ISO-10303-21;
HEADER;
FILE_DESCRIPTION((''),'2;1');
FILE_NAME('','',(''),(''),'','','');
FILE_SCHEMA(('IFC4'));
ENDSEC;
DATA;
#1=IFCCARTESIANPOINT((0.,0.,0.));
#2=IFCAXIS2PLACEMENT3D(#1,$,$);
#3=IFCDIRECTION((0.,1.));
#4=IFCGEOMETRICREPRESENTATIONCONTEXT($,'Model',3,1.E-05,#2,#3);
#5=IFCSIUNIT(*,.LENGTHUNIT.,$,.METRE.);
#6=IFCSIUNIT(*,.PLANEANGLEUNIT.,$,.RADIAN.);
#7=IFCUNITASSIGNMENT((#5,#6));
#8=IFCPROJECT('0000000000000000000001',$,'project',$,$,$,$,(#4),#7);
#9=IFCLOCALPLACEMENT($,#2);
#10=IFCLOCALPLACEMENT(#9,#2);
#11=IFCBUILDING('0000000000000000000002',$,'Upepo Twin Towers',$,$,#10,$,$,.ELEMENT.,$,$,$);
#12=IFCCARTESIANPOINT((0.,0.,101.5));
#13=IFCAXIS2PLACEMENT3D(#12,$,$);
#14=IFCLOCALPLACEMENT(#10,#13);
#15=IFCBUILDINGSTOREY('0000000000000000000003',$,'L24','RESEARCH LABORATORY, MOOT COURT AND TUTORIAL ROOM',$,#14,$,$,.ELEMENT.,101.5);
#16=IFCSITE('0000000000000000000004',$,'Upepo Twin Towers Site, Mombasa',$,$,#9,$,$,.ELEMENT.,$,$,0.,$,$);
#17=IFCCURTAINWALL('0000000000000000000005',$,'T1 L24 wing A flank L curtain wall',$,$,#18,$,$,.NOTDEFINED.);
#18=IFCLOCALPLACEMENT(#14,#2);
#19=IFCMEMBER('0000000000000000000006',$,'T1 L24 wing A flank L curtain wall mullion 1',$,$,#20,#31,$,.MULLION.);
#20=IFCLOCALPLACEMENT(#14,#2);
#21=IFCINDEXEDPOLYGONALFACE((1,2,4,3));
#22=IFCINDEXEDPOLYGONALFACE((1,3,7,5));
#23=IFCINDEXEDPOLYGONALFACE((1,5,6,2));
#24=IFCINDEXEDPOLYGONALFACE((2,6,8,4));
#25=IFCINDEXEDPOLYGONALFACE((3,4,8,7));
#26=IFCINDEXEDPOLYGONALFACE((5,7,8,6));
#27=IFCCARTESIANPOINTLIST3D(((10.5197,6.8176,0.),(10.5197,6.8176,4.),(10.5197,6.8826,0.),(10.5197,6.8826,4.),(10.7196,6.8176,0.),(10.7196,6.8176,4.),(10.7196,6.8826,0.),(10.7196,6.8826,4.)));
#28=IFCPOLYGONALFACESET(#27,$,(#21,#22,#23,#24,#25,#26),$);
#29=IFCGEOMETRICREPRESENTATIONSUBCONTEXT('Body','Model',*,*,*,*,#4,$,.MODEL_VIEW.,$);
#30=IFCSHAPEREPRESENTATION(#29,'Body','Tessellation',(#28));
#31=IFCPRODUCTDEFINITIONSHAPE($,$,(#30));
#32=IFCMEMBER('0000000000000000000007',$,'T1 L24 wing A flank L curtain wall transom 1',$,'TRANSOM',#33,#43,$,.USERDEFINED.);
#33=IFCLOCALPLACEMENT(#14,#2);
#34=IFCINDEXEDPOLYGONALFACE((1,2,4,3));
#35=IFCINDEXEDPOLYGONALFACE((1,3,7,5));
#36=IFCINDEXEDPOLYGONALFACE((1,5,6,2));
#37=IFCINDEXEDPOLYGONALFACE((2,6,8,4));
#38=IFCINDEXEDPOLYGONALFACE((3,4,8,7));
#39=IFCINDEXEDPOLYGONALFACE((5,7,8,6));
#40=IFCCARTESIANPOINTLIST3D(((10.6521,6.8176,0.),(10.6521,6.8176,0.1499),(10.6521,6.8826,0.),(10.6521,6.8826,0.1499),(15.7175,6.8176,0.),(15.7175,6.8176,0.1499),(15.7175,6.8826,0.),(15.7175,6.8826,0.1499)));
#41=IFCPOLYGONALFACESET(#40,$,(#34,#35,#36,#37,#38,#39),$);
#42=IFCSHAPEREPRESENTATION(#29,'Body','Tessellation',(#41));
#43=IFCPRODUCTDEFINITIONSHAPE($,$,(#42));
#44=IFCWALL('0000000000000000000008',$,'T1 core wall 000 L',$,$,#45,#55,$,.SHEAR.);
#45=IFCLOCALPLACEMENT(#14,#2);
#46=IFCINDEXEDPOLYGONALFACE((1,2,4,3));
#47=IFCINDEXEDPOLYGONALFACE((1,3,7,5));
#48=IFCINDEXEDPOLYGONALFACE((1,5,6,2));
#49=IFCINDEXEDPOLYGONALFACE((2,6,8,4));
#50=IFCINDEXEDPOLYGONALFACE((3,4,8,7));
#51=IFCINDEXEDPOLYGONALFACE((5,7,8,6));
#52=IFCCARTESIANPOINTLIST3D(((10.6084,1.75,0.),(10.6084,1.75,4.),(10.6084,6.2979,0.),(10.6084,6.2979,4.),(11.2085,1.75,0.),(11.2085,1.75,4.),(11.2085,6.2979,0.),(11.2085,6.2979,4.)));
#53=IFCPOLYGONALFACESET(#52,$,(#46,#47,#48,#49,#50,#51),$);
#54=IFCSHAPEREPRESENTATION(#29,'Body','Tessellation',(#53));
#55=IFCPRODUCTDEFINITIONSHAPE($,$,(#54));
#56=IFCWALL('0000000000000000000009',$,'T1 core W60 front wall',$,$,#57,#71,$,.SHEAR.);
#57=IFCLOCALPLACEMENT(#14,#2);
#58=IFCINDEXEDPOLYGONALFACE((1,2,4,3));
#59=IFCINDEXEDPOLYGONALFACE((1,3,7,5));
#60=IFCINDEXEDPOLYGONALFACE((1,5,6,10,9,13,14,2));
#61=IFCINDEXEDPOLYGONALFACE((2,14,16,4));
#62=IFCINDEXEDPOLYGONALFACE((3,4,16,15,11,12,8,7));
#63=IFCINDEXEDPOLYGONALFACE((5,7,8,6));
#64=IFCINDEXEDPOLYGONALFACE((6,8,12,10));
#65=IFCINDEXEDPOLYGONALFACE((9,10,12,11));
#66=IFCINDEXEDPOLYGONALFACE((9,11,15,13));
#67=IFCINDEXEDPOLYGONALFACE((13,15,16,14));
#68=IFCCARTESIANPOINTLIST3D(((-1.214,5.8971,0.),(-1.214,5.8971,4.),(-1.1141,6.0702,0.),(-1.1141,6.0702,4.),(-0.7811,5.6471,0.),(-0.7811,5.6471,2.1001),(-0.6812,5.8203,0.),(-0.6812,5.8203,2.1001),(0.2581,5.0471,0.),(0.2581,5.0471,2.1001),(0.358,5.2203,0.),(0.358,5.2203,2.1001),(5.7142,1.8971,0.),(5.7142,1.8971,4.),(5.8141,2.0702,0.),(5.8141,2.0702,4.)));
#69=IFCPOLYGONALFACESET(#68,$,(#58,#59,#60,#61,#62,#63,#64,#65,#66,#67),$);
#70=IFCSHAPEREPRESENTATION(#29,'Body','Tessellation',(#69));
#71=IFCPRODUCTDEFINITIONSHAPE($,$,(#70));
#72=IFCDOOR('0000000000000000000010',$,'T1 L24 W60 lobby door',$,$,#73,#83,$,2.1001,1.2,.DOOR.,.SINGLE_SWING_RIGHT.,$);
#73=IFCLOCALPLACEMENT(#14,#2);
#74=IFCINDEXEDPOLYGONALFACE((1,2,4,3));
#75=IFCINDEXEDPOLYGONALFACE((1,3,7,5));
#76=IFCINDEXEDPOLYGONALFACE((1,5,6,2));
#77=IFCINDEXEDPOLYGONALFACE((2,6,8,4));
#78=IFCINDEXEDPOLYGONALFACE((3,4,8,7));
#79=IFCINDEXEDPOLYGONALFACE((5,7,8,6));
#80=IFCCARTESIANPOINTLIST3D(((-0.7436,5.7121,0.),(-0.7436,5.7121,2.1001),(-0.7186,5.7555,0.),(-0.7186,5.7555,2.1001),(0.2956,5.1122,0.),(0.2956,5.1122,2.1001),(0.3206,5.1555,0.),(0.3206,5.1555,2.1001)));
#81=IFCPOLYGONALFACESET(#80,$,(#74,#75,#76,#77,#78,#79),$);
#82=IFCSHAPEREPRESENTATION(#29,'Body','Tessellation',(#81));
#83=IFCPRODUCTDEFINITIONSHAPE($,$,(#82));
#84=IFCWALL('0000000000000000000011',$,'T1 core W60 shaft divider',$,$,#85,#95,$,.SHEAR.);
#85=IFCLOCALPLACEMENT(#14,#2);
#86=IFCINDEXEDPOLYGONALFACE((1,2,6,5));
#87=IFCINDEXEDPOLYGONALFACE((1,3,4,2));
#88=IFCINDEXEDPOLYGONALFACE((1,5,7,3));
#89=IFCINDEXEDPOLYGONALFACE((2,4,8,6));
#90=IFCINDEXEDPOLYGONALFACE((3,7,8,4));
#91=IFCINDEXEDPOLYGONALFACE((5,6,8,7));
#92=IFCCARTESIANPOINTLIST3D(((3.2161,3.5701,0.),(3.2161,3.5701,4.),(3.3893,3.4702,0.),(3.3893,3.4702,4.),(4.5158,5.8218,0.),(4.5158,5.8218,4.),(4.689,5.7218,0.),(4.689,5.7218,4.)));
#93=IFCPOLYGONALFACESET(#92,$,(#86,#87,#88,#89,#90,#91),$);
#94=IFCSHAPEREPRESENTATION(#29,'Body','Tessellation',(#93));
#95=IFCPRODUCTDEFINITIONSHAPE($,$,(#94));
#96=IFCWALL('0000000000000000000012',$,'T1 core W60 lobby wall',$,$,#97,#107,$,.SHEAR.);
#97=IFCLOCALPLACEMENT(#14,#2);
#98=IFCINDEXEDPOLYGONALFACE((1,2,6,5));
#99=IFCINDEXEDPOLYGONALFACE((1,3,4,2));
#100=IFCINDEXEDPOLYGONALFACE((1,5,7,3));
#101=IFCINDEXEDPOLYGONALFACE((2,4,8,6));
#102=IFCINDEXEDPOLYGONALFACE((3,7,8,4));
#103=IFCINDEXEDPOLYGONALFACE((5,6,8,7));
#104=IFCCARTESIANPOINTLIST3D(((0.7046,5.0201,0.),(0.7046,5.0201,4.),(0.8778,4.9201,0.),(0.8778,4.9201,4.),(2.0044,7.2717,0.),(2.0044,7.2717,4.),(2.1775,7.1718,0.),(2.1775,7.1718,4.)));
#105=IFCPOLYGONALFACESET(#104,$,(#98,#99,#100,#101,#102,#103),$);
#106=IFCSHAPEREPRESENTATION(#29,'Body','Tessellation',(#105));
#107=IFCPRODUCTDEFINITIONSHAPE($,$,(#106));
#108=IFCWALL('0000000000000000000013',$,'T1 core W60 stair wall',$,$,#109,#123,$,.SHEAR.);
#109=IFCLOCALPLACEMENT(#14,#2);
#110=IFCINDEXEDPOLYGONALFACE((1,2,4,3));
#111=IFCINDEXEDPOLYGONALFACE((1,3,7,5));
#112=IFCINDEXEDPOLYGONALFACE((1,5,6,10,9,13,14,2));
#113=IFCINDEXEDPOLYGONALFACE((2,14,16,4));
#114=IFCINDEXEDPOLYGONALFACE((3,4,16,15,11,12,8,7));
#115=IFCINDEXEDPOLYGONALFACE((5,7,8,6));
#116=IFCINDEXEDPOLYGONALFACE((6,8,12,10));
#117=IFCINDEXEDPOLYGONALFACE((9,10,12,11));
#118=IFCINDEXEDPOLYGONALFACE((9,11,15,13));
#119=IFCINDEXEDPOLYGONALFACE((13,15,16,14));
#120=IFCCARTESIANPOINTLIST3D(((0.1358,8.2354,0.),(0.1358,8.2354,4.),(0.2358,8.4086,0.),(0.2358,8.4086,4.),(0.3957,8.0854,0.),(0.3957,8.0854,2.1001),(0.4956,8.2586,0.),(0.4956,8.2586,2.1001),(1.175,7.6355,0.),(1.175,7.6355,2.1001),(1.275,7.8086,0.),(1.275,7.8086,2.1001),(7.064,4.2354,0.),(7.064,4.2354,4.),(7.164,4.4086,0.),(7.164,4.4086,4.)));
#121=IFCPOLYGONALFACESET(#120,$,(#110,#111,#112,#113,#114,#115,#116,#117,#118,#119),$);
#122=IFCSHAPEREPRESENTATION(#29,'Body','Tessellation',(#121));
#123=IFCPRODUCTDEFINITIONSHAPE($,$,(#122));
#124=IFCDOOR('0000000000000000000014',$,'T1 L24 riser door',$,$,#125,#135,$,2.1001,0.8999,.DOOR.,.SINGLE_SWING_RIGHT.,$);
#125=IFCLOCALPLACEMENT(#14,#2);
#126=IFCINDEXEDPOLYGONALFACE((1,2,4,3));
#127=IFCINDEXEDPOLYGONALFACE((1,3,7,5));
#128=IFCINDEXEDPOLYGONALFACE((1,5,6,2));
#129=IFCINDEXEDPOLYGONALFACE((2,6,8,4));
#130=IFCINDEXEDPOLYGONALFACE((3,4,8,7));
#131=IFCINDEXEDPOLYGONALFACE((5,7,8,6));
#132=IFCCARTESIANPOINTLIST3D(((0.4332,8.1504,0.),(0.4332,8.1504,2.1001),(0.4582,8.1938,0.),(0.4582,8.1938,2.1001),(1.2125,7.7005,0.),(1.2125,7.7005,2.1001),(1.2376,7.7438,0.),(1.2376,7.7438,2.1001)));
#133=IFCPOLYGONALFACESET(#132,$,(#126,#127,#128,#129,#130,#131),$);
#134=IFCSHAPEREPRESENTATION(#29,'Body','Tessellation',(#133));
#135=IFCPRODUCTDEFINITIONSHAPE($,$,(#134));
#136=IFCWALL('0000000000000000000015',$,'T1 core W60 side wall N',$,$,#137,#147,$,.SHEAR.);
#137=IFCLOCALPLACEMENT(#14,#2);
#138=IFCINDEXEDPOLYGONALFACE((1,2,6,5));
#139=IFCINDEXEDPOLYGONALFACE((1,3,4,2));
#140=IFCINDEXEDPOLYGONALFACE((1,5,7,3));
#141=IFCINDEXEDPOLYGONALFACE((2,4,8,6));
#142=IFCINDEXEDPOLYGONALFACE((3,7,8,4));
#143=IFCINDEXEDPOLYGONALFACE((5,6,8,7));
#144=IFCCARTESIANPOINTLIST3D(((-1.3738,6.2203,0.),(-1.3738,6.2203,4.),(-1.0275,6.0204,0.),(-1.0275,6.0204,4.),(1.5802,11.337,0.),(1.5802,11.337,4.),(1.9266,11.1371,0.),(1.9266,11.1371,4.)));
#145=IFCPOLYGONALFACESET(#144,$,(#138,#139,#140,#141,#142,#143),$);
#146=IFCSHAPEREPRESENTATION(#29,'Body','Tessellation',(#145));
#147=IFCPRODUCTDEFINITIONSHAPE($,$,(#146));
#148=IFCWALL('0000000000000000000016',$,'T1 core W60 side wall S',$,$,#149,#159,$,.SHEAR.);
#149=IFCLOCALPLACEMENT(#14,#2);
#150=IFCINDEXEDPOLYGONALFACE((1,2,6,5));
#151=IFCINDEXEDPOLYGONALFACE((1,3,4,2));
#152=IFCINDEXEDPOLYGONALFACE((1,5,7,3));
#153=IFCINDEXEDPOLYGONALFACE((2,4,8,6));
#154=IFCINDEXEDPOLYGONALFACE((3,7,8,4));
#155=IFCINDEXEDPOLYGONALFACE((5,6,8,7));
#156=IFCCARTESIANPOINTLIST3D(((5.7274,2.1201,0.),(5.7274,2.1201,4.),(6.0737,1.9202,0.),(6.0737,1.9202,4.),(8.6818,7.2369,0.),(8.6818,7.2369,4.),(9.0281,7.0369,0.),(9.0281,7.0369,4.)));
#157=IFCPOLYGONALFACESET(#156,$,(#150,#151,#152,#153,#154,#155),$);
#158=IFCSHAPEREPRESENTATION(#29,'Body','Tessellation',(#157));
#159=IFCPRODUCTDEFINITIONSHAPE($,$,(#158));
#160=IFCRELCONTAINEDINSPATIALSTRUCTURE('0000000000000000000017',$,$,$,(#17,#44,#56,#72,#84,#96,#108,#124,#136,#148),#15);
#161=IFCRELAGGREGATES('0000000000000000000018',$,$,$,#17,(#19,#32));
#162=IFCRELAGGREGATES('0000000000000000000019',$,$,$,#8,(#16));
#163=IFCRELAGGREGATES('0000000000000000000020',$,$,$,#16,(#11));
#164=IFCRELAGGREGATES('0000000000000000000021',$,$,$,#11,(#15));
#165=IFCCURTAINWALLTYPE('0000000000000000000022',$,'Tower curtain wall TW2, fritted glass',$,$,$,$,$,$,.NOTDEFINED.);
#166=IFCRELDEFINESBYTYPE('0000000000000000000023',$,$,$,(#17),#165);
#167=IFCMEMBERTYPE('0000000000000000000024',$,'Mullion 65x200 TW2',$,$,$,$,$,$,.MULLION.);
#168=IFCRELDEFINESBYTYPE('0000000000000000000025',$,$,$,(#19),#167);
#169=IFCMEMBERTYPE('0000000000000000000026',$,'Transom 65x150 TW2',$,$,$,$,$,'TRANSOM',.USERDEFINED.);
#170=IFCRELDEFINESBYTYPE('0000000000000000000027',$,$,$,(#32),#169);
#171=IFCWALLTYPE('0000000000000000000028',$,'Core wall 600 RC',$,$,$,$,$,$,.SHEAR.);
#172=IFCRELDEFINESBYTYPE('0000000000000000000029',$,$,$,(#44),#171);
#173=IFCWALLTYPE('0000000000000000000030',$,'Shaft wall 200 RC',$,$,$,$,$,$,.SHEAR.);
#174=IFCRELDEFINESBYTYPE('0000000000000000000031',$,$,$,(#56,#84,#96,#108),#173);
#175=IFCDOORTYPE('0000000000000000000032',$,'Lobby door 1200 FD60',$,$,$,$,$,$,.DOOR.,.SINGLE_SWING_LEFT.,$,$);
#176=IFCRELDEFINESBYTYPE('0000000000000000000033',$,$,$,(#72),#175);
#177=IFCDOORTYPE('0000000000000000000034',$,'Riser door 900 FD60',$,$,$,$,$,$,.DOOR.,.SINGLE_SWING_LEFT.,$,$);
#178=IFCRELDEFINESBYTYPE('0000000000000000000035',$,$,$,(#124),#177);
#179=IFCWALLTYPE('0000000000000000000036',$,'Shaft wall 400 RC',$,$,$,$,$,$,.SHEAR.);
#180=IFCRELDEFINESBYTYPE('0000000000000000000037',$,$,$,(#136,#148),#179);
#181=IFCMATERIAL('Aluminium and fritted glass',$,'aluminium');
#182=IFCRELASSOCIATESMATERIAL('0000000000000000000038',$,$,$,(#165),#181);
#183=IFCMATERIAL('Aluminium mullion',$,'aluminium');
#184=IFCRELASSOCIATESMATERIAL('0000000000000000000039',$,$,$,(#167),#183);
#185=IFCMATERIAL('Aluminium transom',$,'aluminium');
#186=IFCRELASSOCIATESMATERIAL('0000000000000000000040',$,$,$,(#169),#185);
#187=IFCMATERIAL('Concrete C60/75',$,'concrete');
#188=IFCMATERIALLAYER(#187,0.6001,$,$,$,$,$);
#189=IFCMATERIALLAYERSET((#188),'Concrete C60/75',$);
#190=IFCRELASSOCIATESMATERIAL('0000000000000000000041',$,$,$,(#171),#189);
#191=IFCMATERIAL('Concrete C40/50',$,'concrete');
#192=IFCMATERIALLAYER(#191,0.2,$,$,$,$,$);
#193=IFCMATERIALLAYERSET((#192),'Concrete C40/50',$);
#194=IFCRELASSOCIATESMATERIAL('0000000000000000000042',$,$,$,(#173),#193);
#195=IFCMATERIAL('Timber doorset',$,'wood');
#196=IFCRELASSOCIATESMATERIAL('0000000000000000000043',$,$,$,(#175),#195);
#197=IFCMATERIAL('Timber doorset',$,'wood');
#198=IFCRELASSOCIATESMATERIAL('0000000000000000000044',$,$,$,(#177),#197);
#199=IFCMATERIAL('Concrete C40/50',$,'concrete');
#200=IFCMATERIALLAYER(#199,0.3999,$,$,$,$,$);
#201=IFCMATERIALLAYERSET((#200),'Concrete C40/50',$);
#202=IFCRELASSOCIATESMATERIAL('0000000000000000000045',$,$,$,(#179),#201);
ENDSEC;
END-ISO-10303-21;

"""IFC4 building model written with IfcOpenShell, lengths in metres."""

from ifc_helpers import new_model, si_unit, direction, frame, frame_2d, origin, origin_2d, place, context, subcontext, project, spatial, rectangle, extrude, material, layer, layer_set, material_profile, profile_set, type_object, element, fill, aggregate, save


model = new_model("IFC4")

# Units and contexts
model_context = context("Model", 3, precision=1e-05, world=origin(), true_north=direction((0.0, 1.0)))
body_context = subcontext(model_context, "Body", "Model", "MODEL_VIEW")
ifc_project = project(units=[si_unit("LENGTHUNIT", "METRE"), si_unit("PLANEANGLEUNIT", "RADIAN")], contexts=[model_context])

# Site, building, storey
site_placement = place(None, origin())
site = spatial("IfcSite", under=ifc_project, at=site_placement, Name="Upepo Twin Towers Site, Mombasa", CompositionType="ELEMENT", RefElevation=0.0)
building_placement = place(site_placement, origin())
building = spatial("IfcBuilding", under=site, at=building_placement, Name="Upepo Twin Towers", CompositionType="ELEMENT")
storey_placement = place(building_placement, frame((0.0, 0.0, 101.5)))
storey = spatial("IfcBuildingStorey", under=building, at=storey_placement, Name="L24", Description="RESEARCH LABORATORY, MOOT COURT AND TUTORIAL ROOM", CompositionType="ELEMENT", Elevation=101.5)

# Curtain wall, members
ifc_material_1 = material(Name="Aluminium and fritted glass", Category="aluminium")
curtain_wall_type = type_object("IfcCurtainWallType", Name="Tower curtain wall TW2, fritted glass", PredefinedType="NOTDEFINED", material=ifc_material_1)
curtain_wall_placement = place(storey_placement, origin())
curtain_wall = element("IfcCurtainWall", 1, at=curtain_wall_placement, inside=storey, type_object=curtain_wall_type, Name="T1 L24 wing A flank L curtain wall", PredefinedType="NOTDEFINED")
ifc_material_2 = material(Name="Aluminium mullion", Category="aluminium")
ifc_material_profile_1 = material_profile(ifc_material_2, rectangle(XDim=0.0649, YDim=0.2, at=origin_2d()), Name="MULLION 65x200")
ifc_profile_set_1 = profile_set([ifc_material_profile_1], Name="Aluminium mullion")
member_type_1 = type_object("IfcMemberType", Name="Mullion 65x200 TW2", PredefinedType="MULLION", material=ifc_profile_set_1)
member_1_placement = place(storey_placement, frame((10.6196, 6.8501, 0.0), z_axis=(0.0, 0.0, 1.0), x_axis=(0.0, 1.0, 0.0)))
member_1 = element("IfcMember", 2, at=member_1_placement, type_object=member_type_1, Name="T1 L24 wing A flank L curtain wall mullion 1", PredefinedType="MULLION", context=body_context, shape_type="SweptSolid", body=[
    extrude(rectangle(XDim=0.0649, YDim=0.2, at=origin_2d()), origin(), (0.0, 0.0, 1.0), 4.0),
])
ifc_material_3 = material(Name="Aluminium transom", Category="aluminium")
ifc_material_profile_2 = material_profile(ifc_material_3, rectangle(XDim=0.0649, YDim=0.1499, at=origin_2d()), Name="TRANSOM 65x150")
ifc_profile_set_2 = profile_set([ifc_material_profile_2], Name="Aluminium transom")
member_type_2 = type_object("IfcMemberType", Name="Transom 65x150 TW2", ElementType="TRANSOM", PredefinedType="USERDEFINED", material=ifc_profile_set_2)
member_2_placement = place(storey_placement, frame((10.6521, 6.8501, 0.075), z_axis=(1.0, 0.0, 0.0), x_axis=(0.0, 1.0, 0.0)))
member_2 = element("IfcMember", 3, at=member_2_placement, type_object=member_type_2, Name="T1 L24 wing A flank L curtain wall transom 1", ObjectType="TRANSOM", PredefinedType="USERDEFINED", context=body_context, shape_type="SweptSolid", body=[
    extrude(rectangle(XDim=0.0649, YDim=0.1499, at=origin_2d()), origin(), (0.0, 0.0, 1.0), 5.0654),
])
aggregate(curtain_wall, [member_1, member_2])

# Wall
ifc_material_4 = material(Name="Concrete C60/75", Category="concrete")
ifc_layer_1 = layer(ifc_material_4, 0.6001)
ifc_layer_set_1 = layer_set([ifc_layer_1], Name="Concrete C60/75")
wall_type_1 = type_object("IfcWallType", Name="Core wall 600 RC", PredefinedType="SHEAR", material=ifc_layer_set_1)
wall_1_placement = place(storey_placement, frame((10.9084, 1.75, 0.0), z_axis=(0.0, 0.0, 1.0), x_axis=(0.0, 1.0, 0.0)))
element("IfcWall", 4, at=wall_1_placement, inside=storey, type_object=wall_type_1, Name="T1 core wall 000 L", PredefinedType="SHEAR", context=body_context, shape_type="SweptSolid", body=[
    extrude(rectangle(XDim=4.5479, YDim=0.6001, at=frame_2d((2.2739, 0.0))), origin(), (0.0, 0.0, 1.0), 4.0),
])

# Wall, opening, door
ifc_material_5 = material(Name="Concrete C40/50", Category="concrete")
ifc_layer_2 = layer(ifc_material_5, 0.2)
ifc_layer_set_2 = layer_set([ifc_layer_2], Name="Concrete C40/50")
wall_type_2 = type_object("IfcWallType", Name="Shaft wall 200 RC", PredefinedType="SHEAR", material=ifc_layer_set_2)
wall_2_placement = place(storey_placement, frame((5.7642, 1.9836, 0.0), z_axis=(0.0, 0.0, 1.0), x_axis=(-0.866026, 0.499999, 0.0)))
wall_2 = element("IfcWall", 5, at=wall_2_placement, inside=storey, type_object=wall_type_2, Name="T1 core W60 front wall", PredefinedType="SHEAR", context=body_context, shape_type="SweptSolid", body=[
    extrude(rectangle(XDim=8.0, YDim=0.2, at=frame_2d((4.0, 0.0))), origin(), (0.0, 0.0, 1.0), 4.0),
])
opening_1_placement = place(wall_2_placement, frame((6.3, 0.0, 0.0)))
opening_1 = element("IfcOpeningElement", 6, at=opening_1_placement, cuts=wall_2, PredefinedType="OPENING", context=body_context, shape_type="SweptSolid", body=[
    extrude(rectangle(XDim=1.2, YDim=2.1001, at=frame_2d((0.6001, 1.05))), frame((0.0, 0.1099, 0.0), z_axis=(0.0, -1.0, 0.0), x_axis=(1.0, 0.0, 0.0)), (0.0, 0.0, 1.0), 0.22),
])
ifc_material_6 = material(Name="Timber doorset", Category="wood")
door_type_1 = type_object("IfcDoorType", Name="Lobby door 1200 FD60", OperationType="SINGLE_SWING_LEFT", PredefinedType="DOOR", material=ifc_material_6)
door_1_placement = place(opening_1_placement, origin())
door_1 = element("IfcDoor", 7, at=door_1_placement, inside=storey, type_object=door_type_1, Name="T1 L24 W60 lobby door", OperationType="SINGLE_SWING_RIGHT", OverallHeight=2.1001, OverallWidth=1.2, PredefinedType="DOOR", context=body_context, shape_type="SweptSolid", body=[
    extrude(rectangle(XDim=1.2, YDim=2.1001, at=frame_2d((0.6001, 1.05))), frame((0.0, 0.0249, 0.0), z_axis=(0.0, -1.0, 0.0), x_axis=(1.0, 0.0, 0.0)), (0.0, 0.0, 1.0), 0.05),
])
fill(opening_1, door_1)

# Walls
for number, where, z_axis, x_axis, name in (
    (8, (3.3027, 3.5203, 0.0), (0.0, 0.0, 1.0), (0.499937, 0.866062, 0.0), "T1 core W60 shaft divider"),
    (9, (0.7913, 4.9702, 0.0), (0.0, 0.0, 1.0), (0.499937, 0.866062, 0.0), "T1 core W60 lobby wall"),
):
    element("IfcWall", number, at=place(storey_placement, frame(where, z_axis=z_axis, x_axis=x_axis)), inside=storey, type_object=wall_type_2, Name=name, PredefinedType="SHEAR", context=body_context, shape_type="SweptSolid", body=[
        extrude(rectangle(XDim=2.5999, YDim=0.2, at=frame_2d((1.2998, 0.0))), origin(), (0.0, 0.0, 1.0), 4.0),
    ])

# Wall, opening, door
wall_3_placement = place(storey_placement, frame((7.114, 4.322, 0.0), z_axis=(0.0, 0.0, 1.0), x_axis=(-0.866026, 0.499999, 0.0)))
wall_3 = element("IfcWall", 10, at=wall_3_placement, inside=storey, type_object=wall_type_2, Name="T1 core W60 stair wall", PredefinedType="SHEAR", context=body_context, shape_type="SweptSolid", body=[
    extrude(rectangle(XDim=8.0, YDim=0.2, at=frame_2d((4.0, 0.0))), origin(), (0.0, 0.0, 1.0), 4.0),
])
opening_2_placement = place(wall_3_placement, frame((6.8, 0.0, 0.0)))
opening_2 = element("IfcOpeningElement", 11, at=opening_2_placement, cuts=wall_3, PredefinedType="OPENING", context=body_context, shape_type="SweptSolid", body=[
    extrude(rectangle(XDim=0.8999, YDim=2.1001, at=frame_2d((0.45, 1.05))), frame((0.0, 0.1099, 0.0), z_axis=(0.0, -1.0, 0.0), x_axis=(1.0, 0.0, 0.0)), (0.0, 0.0, 1.0), 0.22),
])
ifc_material_7 = material(Name="Timber doorset", Category="wood")
door_type_2 = type_object("IfcDoorType", Name="Riser door 900 FD60", OperationType="SINGLE_SWING_LEFT", PredefinedType="DOOR", material=ifc_material_7)
door_2_placement = place(opening_2_placement, origin())
door_2 = element("IfcDoor", 12, at=door_2_placement, inside=storey, type_object=door_type_2, Name="T1 L24 riser door", OperationType="SINGLE_SWING_RIGHT", OverallHeight=2.1001, OverallWidth=0.8999, PredefinedType="DOOR", context=body_context, shape_type="SweptSolid", body=[
    extrude(rectangle(XDim=0.8999, YDim=2.1001, at=frame_2d((0.45, 1.05))), frame((0.0, 0.0249, 0.0), z_axis=(0.0, -1.0, 0.0), x_axis=(1.0, 0.0, 0.0)), (0.0, 0.0, 1.0), 0.05),
])
fill(opening_2, door_2)

# Walls
ifc_material_8 = material(Name="Concrete C40/50", Category="concrete")
ifc_layer_3 = layer(ifc_material_8, 0.3999)
ifc_layer_set_3 = layer_set([ifc_layer_3], Name="Concrete C40/50")
wall_type_3 = type_object("IfcWallType", Name="Shaft wall 400 RC", PredefinedType="SHEAR", material=ifc_layer_set_3)
wall_4_placement = place(storey_placement, frame((-1.2007, 6.1204, 0.0), z_axis=(0.0, 0.0, 1.0), x_axis=(0.499997, 0.866027, 0.0)))
element("IfcWall", 13, at=wall_4_placement, inside=storey, type_object=wall_type_3, Name="T1 core W60 side wall N", PredefinedType="SHEAR", context=body_context, shape_type="SweptSolid", body=[
    extrude(rectangle(XDim=5.9082, YDim=0.3999, at=frame_2d((2.9541, 0.0))), origin(), (0.0, 0.0, 1.0), 4.0),
])
wall_5_placement = place(storey_placement, frame((5.9006, 2.0203, 0.0), z_axis=(0.0, 0.0, 1.0), x_axis=(0.500028, 0.866009, 0.0)))
element("IfcWall", 14, at=wall_5_placement, inside=storey, type_object=wall_type_3, Name="T1 core W60 side wall S", PredefinedType="SHEAR", context=body_context, shape_type="SweptSolid", body=[
    extrude(rectangle(XDim=5.9084, YDim=0.3999, at=frame_2d((2.9541, 0.0))), origin(), (0.0, 0.0, 1.0), 4.0),
])

save(model, "model.ifc")
